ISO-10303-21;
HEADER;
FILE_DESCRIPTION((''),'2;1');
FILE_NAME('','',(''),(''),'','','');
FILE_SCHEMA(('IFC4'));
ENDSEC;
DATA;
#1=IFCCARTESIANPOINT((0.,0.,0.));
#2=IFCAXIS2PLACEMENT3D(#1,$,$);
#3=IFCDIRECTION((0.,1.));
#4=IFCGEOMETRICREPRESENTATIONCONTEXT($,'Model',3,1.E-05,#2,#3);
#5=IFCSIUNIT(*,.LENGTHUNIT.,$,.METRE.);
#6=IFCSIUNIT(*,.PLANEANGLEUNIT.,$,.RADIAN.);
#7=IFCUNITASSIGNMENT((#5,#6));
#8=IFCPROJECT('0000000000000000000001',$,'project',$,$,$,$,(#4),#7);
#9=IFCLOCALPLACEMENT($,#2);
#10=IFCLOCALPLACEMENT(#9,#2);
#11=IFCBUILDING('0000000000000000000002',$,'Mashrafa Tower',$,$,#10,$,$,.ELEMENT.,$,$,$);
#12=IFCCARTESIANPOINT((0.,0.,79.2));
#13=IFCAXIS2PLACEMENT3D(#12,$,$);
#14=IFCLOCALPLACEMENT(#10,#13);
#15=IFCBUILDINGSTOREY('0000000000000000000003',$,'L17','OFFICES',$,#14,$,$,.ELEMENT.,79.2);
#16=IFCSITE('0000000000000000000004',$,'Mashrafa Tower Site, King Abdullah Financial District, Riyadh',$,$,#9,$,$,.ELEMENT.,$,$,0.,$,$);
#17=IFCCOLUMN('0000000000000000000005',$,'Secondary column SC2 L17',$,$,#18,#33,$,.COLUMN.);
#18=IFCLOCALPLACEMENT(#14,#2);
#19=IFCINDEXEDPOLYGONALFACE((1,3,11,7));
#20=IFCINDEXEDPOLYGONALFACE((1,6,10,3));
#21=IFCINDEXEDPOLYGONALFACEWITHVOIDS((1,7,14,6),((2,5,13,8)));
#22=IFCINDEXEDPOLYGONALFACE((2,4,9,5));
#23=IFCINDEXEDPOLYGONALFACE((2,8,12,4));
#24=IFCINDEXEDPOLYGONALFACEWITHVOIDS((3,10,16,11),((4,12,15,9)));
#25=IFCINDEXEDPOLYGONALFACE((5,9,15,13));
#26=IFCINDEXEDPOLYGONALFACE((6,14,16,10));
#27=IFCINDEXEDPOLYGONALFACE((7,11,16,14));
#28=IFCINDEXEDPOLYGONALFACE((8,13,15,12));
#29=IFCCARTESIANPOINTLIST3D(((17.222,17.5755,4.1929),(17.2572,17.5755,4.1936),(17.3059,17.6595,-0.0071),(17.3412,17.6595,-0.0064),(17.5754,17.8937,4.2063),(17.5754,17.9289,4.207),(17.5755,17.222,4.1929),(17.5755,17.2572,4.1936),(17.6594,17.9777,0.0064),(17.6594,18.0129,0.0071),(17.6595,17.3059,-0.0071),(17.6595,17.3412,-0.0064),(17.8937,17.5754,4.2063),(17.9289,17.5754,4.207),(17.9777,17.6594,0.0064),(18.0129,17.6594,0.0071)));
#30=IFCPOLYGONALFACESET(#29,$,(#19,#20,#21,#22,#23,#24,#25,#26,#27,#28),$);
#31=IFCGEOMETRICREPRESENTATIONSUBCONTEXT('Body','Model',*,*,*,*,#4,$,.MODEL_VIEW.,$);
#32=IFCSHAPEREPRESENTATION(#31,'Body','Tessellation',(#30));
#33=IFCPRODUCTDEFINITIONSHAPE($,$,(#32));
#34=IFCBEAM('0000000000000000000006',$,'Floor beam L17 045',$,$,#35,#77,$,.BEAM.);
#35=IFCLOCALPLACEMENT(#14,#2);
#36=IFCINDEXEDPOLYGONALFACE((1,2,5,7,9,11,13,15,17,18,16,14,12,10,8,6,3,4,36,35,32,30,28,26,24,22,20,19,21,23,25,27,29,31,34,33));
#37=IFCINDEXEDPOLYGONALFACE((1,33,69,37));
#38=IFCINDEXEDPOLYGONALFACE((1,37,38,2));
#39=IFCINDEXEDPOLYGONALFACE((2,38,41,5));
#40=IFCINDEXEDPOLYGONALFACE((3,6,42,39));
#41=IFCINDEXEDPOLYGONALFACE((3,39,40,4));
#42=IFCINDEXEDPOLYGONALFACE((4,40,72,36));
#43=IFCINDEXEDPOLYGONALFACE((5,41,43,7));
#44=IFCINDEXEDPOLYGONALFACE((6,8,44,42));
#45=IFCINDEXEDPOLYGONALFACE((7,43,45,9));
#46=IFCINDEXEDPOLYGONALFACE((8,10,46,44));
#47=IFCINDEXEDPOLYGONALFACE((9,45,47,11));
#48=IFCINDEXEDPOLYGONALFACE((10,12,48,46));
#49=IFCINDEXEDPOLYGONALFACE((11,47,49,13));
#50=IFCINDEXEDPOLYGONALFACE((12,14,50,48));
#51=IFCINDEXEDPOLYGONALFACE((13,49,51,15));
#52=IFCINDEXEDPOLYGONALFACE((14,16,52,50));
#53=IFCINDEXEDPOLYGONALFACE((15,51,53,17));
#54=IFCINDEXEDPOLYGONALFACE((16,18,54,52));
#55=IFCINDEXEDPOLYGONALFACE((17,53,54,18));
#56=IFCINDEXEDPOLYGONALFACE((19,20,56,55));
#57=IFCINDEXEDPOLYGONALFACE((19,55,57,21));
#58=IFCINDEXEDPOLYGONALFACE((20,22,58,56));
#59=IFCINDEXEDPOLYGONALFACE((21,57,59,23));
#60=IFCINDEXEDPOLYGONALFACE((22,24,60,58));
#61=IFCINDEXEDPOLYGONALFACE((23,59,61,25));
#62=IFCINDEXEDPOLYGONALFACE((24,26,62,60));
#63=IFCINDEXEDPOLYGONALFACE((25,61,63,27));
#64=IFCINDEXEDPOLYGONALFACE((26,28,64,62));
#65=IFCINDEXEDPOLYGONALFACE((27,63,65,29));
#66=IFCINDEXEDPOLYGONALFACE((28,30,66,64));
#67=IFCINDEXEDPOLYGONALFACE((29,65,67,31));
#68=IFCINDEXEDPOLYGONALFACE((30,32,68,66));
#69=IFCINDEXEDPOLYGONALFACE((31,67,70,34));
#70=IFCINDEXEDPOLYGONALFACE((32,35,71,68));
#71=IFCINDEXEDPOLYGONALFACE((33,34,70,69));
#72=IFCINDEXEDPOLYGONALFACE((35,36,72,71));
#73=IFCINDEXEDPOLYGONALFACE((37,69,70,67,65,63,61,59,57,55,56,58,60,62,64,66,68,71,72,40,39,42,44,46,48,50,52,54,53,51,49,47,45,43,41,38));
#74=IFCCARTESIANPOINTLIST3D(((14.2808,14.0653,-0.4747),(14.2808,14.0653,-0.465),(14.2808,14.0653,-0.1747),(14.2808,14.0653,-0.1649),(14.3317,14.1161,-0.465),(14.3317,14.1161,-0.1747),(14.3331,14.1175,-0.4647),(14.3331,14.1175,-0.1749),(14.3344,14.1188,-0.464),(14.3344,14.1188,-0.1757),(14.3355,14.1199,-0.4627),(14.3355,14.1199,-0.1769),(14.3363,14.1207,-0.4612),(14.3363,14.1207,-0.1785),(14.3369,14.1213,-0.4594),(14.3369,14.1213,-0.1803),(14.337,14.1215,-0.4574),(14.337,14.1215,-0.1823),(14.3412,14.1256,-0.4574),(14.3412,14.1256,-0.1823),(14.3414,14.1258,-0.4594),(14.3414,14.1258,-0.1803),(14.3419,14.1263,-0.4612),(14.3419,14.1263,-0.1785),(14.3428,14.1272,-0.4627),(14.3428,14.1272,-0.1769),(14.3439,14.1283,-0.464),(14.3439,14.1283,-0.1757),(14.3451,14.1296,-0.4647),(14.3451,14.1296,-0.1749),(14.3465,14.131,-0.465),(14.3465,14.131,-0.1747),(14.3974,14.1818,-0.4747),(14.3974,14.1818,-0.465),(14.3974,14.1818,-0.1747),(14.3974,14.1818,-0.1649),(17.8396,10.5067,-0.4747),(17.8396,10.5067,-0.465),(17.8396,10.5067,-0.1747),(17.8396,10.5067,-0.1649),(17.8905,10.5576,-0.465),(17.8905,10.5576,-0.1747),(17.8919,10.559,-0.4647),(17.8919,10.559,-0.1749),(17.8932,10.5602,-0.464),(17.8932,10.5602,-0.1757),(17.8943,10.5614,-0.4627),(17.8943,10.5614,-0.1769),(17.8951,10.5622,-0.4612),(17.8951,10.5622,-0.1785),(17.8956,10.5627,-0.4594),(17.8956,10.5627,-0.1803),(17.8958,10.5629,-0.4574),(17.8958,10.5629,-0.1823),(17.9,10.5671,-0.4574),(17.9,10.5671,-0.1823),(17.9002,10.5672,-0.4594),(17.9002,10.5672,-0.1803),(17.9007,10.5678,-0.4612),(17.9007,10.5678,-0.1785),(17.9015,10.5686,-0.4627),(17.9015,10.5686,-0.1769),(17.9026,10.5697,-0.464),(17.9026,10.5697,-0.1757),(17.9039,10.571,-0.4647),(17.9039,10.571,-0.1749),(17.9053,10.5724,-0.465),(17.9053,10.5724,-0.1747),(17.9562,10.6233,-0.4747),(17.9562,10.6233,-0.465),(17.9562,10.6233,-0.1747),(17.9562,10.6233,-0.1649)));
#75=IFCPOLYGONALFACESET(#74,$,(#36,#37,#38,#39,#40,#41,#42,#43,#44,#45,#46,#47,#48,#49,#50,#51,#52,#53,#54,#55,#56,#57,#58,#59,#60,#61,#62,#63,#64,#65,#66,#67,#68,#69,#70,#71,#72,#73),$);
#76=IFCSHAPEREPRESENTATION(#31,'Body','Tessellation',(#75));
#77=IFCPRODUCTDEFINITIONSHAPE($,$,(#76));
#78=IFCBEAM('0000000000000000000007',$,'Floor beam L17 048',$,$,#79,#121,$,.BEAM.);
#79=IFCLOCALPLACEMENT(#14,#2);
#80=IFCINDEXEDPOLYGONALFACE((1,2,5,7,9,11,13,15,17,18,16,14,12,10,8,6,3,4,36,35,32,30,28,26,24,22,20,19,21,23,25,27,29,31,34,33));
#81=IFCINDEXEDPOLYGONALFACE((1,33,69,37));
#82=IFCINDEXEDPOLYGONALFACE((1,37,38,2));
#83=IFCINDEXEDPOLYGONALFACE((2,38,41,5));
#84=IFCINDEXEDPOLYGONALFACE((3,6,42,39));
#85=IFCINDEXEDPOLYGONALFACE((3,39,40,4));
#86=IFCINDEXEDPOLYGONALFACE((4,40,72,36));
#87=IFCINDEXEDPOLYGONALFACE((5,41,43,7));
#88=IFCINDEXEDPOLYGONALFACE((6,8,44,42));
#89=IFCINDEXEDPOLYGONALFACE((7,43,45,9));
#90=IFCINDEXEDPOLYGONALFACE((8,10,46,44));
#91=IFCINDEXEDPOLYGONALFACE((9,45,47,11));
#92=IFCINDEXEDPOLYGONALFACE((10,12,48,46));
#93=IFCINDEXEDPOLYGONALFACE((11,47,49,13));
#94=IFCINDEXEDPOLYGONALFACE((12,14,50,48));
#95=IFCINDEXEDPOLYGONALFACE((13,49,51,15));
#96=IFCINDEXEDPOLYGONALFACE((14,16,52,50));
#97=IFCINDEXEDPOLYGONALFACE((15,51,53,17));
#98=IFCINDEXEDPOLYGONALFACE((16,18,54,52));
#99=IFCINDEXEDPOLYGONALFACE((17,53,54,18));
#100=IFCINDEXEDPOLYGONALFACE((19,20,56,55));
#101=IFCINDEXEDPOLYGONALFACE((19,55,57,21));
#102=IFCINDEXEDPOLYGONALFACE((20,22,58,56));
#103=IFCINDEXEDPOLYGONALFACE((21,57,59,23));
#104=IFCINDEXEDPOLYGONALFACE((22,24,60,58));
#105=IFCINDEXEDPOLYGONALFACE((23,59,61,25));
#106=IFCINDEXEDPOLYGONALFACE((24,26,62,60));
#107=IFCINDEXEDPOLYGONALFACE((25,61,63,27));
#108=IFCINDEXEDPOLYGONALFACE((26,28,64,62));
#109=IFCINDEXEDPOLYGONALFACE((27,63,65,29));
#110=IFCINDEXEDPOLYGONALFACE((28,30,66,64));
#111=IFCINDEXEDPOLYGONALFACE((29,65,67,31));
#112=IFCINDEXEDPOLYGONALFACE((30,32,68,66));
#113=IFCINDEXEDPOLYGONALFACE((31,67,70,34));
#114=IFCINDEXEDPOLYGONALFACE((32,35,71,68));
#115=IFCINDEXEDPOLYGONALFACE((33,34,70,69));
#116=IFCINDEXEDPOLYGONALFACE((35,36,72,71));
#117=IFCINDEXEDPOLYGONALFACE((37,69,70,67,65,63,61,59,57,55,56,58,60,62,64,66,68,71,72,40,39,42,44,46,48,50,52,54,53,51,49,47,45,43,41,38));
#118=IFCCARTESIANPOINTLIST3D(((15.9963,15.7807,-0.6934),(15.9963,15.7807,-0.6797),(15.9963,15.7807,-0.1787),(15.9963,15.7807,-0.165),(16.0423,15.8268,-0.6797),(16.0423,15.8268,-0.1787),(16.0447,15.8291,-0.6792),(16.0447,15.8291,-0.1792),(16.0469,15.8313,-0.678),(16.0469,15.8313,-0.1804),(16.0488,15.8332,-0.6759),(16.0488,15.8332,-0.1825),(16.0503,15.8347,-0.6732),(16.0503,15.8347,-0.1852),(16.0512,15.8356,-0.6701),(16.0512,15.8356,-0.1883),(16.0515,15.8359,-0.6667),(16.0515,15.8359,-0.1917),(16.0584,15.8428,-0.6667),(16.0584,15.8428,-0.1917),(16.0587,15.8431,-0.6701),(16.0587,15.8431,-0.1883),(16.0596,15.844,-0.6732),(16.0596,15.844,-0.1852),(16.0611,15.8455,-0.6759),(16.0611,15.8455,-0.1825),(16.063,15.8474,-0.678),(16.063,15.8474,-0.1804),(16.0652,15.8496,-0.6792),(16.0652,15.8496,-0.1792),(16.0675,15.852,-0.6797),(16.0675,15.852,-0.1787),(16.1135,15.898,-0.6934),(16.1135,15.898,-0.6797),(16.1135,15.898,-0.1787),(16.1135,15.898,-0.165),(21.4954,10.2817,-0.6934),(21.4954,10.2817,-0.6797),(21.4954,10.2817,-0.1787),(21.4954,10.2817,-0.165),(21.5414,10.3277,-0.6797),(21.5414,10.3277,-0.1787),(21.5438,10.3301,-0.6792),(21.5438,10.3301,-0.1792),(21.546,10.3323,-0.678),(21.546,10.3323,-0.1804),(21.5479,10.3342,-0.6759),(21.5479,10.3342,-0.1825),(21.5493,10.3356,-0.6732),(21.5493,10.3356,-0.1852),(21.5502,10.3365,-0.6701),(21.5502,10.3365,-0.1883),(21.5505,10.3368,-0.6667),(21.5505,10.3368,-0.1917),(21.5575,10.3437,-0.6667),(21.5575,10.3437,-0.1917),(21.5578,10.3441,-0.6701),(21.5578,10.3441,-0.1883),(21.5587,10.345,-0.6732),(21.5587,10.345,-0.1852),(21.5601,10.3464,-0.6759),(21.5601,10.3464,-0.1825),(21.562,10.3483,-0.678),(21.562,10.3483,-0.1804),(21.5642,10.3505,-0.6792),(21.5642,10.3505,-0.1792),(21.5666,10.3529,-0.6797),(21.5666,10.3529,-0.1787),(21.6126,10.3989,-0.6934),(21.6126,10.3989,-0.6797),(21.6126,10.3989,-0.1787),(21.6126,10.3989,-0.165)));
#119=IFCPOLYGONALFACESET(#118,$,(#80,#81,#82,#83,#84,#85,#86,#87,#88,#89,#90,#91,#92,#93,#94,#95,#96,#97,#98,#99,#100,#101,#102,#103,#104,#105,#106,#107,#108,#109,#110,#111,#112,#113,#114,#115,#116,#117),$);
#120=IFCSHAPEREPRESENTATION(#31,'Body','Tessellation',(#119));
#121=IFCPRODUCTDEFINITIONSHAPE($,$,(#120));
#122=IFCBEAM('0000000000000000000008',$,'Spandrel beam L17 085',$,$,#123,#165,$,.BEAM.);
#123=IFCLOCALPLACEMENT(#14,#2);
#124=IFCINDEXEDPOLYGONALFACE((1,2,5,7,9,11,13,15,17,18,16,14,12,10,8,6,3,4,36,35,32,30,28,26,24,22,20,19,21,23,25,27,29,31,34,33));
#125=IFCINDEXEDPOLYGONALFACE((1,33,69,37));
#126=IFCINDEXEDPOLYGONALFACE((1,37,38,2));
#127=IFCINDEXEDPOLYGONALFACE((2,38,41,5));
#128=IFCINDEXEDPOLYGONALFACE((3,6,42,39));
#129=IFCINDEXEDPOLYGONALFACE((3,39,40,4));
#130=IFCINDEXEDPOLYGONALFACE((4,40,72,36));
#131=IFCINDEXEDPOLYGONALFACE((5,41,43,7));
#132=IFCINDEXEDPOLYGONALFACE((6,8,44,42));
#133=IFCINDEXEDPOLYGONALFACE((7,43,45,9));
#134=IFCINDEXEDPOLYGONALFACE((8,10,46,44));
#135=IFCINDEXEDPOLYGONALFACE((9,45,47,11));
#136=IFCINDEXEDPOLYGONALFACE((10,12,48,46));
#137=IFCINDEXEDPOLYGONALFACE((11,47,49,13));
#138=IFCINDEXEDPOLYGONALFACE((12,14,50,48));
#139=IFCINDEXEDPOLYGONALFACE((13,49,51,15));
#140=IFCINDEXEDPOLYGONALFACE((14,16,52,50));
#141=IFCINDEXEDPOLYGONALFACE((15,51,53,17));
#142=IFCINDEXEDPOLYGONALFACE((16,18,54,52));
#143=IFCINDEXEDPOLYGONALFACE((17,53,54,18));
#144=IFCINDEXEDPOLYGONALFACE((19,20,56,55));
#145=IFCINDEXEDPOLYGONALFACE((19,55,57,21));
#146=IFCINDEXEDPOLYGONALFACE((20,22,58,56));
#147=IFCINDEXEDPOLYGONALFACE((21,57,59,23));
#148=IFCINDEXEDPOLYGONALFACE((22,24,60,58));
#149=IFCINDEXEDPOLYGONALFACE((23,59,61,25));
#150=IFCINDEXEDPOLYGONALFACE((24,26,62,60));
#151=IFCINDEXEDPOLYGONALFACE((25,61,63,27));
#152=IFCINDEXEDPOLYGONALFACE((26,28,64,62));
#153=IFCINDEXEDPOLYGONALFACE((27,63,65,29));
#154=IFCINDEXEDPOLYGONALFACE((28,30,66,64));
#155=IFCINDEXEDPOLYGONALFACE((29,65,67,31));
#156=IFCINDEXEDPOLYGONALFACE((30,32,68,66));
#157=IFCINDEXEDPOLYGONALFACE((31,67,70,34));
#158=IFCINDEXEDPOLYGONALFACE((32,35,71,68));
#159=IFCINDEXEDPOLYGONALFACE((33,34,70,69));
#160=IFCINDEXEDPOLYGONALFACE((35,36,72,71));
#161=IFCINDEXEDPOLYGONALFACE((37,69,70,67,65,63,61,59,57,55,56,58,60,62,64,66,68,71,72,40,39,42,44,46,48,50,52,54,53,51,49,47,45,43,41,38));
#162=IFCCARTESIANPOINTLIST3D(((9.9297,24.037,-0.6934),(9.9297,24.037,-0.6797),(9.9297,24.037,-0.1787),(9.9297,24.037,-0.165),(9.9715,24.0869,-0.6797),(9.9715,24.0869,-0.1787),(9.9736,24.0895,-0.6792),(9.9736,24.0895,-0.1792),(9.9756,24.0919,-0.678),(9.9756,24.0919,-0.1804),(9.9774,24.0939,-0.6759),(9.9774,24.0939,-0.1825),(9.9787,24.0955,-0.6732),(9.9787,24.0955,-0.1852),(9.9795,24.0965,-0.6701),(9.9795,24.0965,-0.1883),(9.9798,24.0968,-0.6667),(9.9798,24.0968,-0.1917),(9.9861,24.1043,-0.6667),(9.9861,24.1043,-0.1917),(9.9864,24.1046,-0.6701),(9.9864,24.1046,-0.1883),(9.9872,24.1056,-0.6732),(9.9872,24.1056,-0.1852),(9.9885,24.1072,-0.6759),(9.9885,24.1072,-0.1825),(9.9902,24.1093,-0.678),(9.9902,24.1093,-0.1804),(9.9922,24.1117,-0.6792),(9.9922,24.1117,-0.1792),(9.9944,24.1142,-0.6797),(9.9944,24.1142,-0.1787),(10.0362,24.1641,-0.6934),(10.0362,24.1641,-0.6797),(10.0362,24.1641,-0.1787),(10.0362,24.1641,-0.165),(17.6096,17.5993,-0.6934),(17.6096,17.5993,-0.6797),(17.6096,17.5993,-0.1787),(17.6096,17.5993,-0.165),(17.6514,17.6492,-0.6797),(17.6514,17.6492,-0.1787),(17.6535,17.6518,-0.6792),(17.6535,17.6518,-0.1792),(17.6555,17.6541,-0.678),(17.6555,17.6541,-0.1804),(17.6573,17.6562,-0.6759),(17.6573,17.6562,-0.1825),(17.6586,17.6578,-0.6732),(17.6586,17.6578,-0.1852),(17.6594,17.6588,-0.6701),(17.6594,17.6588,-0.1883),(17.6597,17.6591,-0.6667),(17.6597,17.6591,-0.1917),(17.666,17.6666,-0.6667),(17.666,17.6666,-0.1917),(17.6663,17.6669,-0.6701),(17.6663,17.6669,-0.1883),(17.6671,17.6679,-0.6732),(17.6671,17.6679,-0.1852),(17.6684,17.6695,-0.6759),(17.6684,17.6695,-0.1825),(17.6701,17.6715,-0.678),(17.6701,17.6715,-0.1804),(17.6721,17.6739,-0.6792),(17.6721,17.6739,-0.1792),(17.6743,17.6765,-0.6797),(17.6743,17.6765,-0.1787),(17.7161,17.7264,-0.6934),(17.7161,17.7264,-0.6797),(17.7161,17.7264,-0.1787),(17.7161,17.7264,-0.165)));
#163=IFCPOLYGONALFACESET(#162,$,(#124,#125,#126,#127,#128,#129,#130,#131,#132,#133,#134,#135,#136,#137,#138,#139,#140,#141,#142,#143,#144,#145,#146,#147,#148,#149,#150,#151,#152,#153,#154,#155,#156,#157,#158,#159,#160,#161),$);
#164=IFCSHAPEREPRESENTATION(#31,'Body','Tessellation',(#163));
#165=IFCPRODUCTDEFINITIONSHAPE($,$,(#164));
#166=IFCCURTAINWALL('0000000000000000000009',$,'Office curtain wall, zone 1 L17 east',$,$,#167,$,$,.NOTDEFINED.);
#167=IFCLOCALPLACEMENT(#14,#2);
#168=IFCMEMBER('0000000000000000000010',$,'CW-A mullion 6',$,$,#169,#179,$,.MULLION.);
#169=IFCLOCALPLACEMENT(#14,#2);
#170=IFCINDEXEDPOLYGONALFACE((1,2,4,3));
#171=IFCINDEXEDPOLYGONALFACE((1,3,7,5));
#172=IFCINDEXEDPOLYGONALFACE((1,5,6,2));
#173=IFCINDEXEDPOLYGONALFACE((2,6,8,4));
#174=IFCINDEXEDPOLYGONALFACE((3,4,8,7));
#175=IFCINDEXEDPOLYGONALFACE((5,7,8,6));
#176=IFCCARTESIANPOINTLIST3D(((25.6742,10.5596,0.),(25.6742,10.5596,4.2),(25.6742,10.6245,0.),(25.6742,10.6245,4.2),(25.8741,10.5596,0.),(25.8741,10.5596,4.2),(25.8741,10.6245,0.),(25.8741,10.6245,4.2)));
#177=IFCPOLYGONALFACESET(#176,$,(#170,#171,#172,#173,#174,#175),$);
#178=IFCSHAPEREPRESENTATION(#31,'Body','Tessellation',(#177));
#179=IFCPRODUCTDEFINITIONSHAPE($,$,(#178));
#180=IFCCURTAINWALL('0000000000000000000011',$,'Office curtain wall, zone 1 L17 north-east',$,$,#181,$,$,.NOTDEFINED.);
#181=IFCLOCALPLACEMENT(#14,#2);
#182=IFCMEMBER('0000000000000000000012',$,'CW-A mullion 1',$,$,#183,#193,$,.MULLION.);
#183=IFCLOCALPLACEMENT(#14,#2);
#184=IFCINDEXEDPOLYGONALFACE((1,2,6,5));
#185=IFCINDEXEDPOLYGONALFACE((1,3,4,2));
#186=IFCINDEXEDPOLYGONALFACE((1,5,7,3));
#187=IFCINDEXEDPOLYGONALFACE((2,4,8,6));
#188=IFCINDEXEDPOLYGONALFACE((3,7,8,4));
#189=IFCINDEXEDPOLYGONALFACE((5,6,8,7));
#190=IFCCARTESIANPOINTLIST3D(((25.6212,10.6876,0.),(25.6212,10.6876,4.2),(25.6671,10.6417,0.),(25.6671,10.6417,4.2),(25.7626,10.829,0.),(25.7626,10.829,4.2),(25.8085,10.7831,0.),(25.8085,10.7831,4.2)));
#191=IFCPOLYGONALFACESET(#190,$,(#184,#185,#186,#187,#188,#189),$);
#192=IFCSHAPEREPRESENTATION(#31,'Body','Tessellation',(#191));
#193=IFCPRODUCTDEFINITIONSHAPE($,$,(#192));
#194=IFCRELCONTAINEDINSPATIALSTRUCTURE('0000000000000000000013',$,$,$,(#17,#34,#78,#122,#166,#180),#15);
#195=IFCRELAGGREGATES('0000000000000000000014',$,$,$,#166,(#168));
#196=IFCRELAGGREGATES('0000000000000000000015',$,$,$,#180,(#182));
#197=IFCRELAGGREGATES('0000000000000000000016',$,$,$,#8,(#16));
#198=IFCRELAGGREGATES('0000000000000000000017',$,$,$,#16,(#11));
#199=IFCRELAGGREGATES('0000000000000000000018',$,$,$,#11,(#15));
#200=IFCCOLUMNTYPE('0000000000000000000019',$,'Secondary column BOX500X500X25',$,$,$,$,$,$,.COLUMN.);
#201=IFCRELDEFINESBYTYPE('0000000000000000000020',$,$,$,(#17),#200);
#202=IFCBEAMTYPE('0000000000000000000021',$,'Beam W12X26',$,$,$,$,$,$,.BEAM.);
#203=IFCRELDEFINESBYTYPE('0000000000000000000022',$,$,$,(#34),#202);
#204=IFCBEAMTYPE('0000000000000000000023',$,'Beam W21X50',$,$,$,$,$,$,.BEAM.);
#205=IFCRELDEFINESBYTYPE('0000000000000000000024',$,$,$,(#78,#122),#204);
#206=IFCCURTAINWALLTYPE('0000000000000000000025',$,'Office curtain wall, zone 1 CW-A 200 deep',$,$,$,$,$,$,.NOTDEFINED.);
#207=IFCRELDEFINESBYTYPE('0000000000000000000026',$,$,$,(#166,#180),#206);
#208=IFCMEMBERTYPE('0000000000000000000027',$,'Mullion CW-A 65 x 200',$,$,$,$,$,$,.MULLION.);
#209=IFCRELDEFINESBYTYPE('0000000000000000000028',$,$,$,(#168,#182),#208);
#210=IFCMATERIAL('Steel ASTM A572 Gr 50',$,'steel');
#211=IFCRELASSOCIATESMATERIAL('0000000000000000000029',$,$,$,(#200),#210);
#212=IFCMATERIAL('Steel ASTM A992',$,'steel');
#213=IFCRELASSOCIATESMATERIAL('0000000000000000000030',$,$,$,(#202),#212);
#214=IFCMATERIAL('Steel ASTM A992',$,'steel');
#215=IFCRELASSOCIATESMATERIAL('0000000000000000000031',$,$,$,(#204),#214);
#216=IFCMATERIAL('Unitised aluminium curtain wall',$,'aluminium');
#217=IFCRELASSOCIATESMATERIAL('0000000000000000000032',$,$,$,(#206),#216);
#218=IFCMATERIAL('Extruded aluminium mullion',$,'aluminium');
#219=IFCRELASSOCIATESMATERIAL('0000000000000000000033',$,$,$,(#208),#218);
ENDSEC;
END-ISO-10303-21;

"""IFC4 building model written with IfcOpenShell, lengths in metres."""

from ifc_helpers import new_model, si_unit, direction, frame, origin, origin_2d, place, context, subcontext, project, spatial, rectangle, hollow_rectangle, i_section, extrude, source, transform, mapped, material, material_profile, profile_set, type_object, type_shapes, element, aggregate, save


model = new_model("IFC4")

# Units and contexts
model_context = context("Model", 3, precision=1e-05, world=origin(), true_north=direction((0.0, 1.0)))
body_context = subcontext(model_context, "Body", "Model", "MODEL_VIEW")
ifc_project = project(units=[si_unit("LENGTHUNIT", "METRE"), si_unit("PLANEANGLEUNIT", "RADIAN")], contexts=[model_context])

# Site, building, storey
site_placement = place(None, origin())
site = spatial("IfcSite", under=ifc_project, at=site_placement, Name="Mashrafa Tower Site, King Abdullah Financial District, Riyadh", CompositionType="ELEMENT", RefElevation=0.0)
building_placement = place(site_placement, origin())
building = spatial("IfcBuilding", under=site, at=building_placement, Name="Mashrafa Tower", CompositionType="ELEMENT")
storey_placement = place(building_placement, frame((0.0, 0.0, 79.2)))
storey = spatial("IfcBuildingStorey", under=building, at=storey_placement, Name="L17", Description="OFFICES", CompositionType="ELEMENT", Elevation=79.2)

# Column
ifc_material_1 = material(Name="Steel ASTM A572 Gr 50", Category="steel")
ifc_material_profile_1 = material_profile(ifc_material_1, hollow_rectangle(XDim=0.5, YDim=0.5, WallThickness=0.0249, at=origin_2d()), Name="BOX500X500X25")
ifc_profile_set_1 = profile_set([ifc_material_profile_1], Name="Steel ASTM A572 Gr 50")
column_type = type_object("IfcColumnType", Name="Secondary column BOX500X500X25", PredefinedType="COLUMN", material=ifc_profile_set_1)
column_placement = place(storey_placement, frame((17.6594, 17.6594, 0.0), z_axis=(-0.019989, -0.019989, 0.9996), x_axis=(0.707107, -0.707107, 0.0)))
element("IfcColumn", 1, at=column_placement, inside=storey, type_object=column_type, Name="Secondary column SC2 L17", PredefinedType="COLUMN", context=body_context, shape_type="SweptSolid", body=[
    extrude(hollow_rectangle(XDim=0.5, YDim=0.5, WallThickness=0.0249, at=origin_2d()), origin(), (0.0, 0.0, 1.0), 4.2017),
])

# Beams
ifc_material_2 = material(Name="Steel ASTM A992", Category="steel")
ifc_material_profile_2 = material_profile(ifc_material_2, i_section(OverallWidth=0.1648, OverallDepth=0.3098, WebThickness=0.0059, FlangeThickness=0.0098, FilletRadius=0.0076, at=origin_2d()), Name="W12X26")
ifc_profile_set_2 = profile_set([ifc_material_profile_2], Name="Steel ASTM A992")
beam_type_1 = type_object("IfcBeamType", Name="Beam W12X26", PredefinedType="BEAM", material=ifc_profile_set_2)
beam_1_placement = place(storey_placement, frame((14.3391, 14.1235, -0.3198), z_axis=(0.707131, -0.707083, 0.0), x_axis=(0.707083, 0.707131, 0.0)))
element("IfcBeam", 2, at=beam_1_placement, inside=storey, type_object=beam_type_1, Name="Floor beam L17 045", PredefinedType="BEAM", context=body_context, shape_type="SweptSolid", body=[
    extrude(i_section(OverallWidth=0.1648, OverallDepth=0.3098, WebThickness=0.0059, FlangeThickness=0.0098, FilletRadius=0.0076, at=origin_2d()), origin(), (0.0, 0.0, 1.0), 5.0327),
])
ifc_material_3 = material(Name="Steel ASTM A992", Category="steel")
ifc_material_profile_3 = material_profile(ifc_material_3, i_section(OverallWidth=0.1658, OverallDepth=0.5283, WebThickness=0.0098, FlangeThickness=0.0137, FilletRadius=0.0129, at=origin_2d()), Name="W21X50")
ifc_profile_set_3 = profile_set([ifc_material_profile_3], Name="Steel ASTM A992")
beam_type_2 = type_object("IfcBeamType", Name="Beam W21X50", PredefinedType="BEAM", material=ifc_profile_set_3)
beam_2_placement = place(storey_placement, frame((16.0549, 15.8394, -0.4292), z_axis=(0.707107, -0.707107, 0.0), x_axis=(0.707107, 0.707107, 0.0)))
element("IfcBeam", 3, at=beam_2_placement, inside=storey, type_object=beam_type_2, Name="Floor beam L17 048", PredefinedType="BEAM", context=body_context, shape_type="SweptSolid", body=[
    extrude(i_section(OverallWidth=0.1658, OverallDepth=0.5283, WebThickness=0.0098, FlangeThickness=0.0137, FilletRadius=0.0129, at=origin_2d()), origin(), (0.0, 0.0, 1.0), 7.7769),
])
beam_3_placement = place(storey_placement, frame((17.6628, 17.6628, -0.4292), z_axis=(-0.766363, 0.642408, 0.0), x_axis=(-0.642408, -0.766363, 0.0)))
element("IfcBeam", 4, at=beam_3_placement, inside=storey, type_object=beam_type_2, Name="Spandrel beam L17 085", PredefinedType="BEAM", context=body_context, shape_type="SweptSolid", body=[
    extrude(i_section(OverallWidth=0.1658, OverallDepth=0.5283, WebThickness=0.0098, FlangeThickness=0.0137, FilletRadius=0.0129, at=origin_2d()), origin(), (0.0, 0.0, 1.0), 10.0212),
])

# Curtain wall, member
ifc_material_4 = material(Name="Unitised aluminium curtain wall", Category="aluminium")
curtain_wall_type = type_object("IfcCurtainWallType", Name="Office curtain wall, zone 1 CW-A 200 deep", PredefinedType="NOTDEFINED", material=ifc_material_4)
curtain_wall_1_placement = place(storey_placement, origin())
curtain_wall_1 = element("IfcCurtainWall", 5, at=curtain_wall_1_placement, inside=storey, type_object=curtain_wall_type, Name="Office curtain wall, zone 1 L17 east", PredefinedType="NOTDEFINED")
ifc_material_5 = material(Name="Extruded aluminium mullion", Category="aluminium")
ifc_material_profile_4 = material_profile(ifc_material_5, rectangle(XDim=0.2, YDim=0.0649, at=origin_2d()), Name="Mullion 65x200")
ifc_profile_set_4 = profile_set([ifc_material_profile_4], Name="Extruded aluminium mullion")
member_type_1 = type_object("IfcMemberType", Name="Mullion CW-A 65 x 200", PredefinedType="MULLION", material=ifc_profile_set_4)
shared_shape_1 = source(origin(), body_context, "Body", "SweptSolid", [
    extrude(rectangle(XDim=0.2, YDim=0.0649, at=origin_2d()), origin(), (0.0, 0.0, 1.0), 4.2),
])
type_shapes(member_type_1, [shared_shape_1])
member_1_placement = place(storey_placement, frame((25.7742, 10.592, 0.0), z_axis=(0.0, 0.0, 1.0), x_axis=(-1.0, 0.0, 0.0)))
member_1 = element("IfcMember", 6, at=member_1_placement, type_object=member_type_1, Name="CW-A mullion 6", PredefinedType="MULLION", context=body_context, shape_type="MappedRepresentation", body=[
    mapped(shared_shape_1, transform((0.0, 0.0, 0.0))),
])
aggregate(curtain_wall_1, [member_1])

# Curtain wall, member
curtain_wall_2_placement = place(storey_placement, origin())
curtain_wall_2 = element("IfcCurtainWall", 7, at=curtain_wall_2_placement, inside=storey, type_object=curtain_wall_type, Name="Office curtain wall, zone 1 L17 north-east", PredefinedType="NOTDEFINED")
member_2_placement = place(storey_placement, frame((25.7148, 10.7354, 0.0), z_axis=(0.0, 0.0, 1.0), x_axis=(-0.707107, -0.707107, 0.0)))
member_2 = element("IfcMember", 8, at=member_2_placement, type_object=member_type_1, Name="CW-A mullion 1", PredefinedType="MULLION", context=body_context, shape_type="MappedRepresentation", body=[
    mapped(shared_shape_1, transform((0.0, 0.0, 0.0))),
])
aggregate(curtain_wall_2, [member_2])

save(model, "model.ifc")
